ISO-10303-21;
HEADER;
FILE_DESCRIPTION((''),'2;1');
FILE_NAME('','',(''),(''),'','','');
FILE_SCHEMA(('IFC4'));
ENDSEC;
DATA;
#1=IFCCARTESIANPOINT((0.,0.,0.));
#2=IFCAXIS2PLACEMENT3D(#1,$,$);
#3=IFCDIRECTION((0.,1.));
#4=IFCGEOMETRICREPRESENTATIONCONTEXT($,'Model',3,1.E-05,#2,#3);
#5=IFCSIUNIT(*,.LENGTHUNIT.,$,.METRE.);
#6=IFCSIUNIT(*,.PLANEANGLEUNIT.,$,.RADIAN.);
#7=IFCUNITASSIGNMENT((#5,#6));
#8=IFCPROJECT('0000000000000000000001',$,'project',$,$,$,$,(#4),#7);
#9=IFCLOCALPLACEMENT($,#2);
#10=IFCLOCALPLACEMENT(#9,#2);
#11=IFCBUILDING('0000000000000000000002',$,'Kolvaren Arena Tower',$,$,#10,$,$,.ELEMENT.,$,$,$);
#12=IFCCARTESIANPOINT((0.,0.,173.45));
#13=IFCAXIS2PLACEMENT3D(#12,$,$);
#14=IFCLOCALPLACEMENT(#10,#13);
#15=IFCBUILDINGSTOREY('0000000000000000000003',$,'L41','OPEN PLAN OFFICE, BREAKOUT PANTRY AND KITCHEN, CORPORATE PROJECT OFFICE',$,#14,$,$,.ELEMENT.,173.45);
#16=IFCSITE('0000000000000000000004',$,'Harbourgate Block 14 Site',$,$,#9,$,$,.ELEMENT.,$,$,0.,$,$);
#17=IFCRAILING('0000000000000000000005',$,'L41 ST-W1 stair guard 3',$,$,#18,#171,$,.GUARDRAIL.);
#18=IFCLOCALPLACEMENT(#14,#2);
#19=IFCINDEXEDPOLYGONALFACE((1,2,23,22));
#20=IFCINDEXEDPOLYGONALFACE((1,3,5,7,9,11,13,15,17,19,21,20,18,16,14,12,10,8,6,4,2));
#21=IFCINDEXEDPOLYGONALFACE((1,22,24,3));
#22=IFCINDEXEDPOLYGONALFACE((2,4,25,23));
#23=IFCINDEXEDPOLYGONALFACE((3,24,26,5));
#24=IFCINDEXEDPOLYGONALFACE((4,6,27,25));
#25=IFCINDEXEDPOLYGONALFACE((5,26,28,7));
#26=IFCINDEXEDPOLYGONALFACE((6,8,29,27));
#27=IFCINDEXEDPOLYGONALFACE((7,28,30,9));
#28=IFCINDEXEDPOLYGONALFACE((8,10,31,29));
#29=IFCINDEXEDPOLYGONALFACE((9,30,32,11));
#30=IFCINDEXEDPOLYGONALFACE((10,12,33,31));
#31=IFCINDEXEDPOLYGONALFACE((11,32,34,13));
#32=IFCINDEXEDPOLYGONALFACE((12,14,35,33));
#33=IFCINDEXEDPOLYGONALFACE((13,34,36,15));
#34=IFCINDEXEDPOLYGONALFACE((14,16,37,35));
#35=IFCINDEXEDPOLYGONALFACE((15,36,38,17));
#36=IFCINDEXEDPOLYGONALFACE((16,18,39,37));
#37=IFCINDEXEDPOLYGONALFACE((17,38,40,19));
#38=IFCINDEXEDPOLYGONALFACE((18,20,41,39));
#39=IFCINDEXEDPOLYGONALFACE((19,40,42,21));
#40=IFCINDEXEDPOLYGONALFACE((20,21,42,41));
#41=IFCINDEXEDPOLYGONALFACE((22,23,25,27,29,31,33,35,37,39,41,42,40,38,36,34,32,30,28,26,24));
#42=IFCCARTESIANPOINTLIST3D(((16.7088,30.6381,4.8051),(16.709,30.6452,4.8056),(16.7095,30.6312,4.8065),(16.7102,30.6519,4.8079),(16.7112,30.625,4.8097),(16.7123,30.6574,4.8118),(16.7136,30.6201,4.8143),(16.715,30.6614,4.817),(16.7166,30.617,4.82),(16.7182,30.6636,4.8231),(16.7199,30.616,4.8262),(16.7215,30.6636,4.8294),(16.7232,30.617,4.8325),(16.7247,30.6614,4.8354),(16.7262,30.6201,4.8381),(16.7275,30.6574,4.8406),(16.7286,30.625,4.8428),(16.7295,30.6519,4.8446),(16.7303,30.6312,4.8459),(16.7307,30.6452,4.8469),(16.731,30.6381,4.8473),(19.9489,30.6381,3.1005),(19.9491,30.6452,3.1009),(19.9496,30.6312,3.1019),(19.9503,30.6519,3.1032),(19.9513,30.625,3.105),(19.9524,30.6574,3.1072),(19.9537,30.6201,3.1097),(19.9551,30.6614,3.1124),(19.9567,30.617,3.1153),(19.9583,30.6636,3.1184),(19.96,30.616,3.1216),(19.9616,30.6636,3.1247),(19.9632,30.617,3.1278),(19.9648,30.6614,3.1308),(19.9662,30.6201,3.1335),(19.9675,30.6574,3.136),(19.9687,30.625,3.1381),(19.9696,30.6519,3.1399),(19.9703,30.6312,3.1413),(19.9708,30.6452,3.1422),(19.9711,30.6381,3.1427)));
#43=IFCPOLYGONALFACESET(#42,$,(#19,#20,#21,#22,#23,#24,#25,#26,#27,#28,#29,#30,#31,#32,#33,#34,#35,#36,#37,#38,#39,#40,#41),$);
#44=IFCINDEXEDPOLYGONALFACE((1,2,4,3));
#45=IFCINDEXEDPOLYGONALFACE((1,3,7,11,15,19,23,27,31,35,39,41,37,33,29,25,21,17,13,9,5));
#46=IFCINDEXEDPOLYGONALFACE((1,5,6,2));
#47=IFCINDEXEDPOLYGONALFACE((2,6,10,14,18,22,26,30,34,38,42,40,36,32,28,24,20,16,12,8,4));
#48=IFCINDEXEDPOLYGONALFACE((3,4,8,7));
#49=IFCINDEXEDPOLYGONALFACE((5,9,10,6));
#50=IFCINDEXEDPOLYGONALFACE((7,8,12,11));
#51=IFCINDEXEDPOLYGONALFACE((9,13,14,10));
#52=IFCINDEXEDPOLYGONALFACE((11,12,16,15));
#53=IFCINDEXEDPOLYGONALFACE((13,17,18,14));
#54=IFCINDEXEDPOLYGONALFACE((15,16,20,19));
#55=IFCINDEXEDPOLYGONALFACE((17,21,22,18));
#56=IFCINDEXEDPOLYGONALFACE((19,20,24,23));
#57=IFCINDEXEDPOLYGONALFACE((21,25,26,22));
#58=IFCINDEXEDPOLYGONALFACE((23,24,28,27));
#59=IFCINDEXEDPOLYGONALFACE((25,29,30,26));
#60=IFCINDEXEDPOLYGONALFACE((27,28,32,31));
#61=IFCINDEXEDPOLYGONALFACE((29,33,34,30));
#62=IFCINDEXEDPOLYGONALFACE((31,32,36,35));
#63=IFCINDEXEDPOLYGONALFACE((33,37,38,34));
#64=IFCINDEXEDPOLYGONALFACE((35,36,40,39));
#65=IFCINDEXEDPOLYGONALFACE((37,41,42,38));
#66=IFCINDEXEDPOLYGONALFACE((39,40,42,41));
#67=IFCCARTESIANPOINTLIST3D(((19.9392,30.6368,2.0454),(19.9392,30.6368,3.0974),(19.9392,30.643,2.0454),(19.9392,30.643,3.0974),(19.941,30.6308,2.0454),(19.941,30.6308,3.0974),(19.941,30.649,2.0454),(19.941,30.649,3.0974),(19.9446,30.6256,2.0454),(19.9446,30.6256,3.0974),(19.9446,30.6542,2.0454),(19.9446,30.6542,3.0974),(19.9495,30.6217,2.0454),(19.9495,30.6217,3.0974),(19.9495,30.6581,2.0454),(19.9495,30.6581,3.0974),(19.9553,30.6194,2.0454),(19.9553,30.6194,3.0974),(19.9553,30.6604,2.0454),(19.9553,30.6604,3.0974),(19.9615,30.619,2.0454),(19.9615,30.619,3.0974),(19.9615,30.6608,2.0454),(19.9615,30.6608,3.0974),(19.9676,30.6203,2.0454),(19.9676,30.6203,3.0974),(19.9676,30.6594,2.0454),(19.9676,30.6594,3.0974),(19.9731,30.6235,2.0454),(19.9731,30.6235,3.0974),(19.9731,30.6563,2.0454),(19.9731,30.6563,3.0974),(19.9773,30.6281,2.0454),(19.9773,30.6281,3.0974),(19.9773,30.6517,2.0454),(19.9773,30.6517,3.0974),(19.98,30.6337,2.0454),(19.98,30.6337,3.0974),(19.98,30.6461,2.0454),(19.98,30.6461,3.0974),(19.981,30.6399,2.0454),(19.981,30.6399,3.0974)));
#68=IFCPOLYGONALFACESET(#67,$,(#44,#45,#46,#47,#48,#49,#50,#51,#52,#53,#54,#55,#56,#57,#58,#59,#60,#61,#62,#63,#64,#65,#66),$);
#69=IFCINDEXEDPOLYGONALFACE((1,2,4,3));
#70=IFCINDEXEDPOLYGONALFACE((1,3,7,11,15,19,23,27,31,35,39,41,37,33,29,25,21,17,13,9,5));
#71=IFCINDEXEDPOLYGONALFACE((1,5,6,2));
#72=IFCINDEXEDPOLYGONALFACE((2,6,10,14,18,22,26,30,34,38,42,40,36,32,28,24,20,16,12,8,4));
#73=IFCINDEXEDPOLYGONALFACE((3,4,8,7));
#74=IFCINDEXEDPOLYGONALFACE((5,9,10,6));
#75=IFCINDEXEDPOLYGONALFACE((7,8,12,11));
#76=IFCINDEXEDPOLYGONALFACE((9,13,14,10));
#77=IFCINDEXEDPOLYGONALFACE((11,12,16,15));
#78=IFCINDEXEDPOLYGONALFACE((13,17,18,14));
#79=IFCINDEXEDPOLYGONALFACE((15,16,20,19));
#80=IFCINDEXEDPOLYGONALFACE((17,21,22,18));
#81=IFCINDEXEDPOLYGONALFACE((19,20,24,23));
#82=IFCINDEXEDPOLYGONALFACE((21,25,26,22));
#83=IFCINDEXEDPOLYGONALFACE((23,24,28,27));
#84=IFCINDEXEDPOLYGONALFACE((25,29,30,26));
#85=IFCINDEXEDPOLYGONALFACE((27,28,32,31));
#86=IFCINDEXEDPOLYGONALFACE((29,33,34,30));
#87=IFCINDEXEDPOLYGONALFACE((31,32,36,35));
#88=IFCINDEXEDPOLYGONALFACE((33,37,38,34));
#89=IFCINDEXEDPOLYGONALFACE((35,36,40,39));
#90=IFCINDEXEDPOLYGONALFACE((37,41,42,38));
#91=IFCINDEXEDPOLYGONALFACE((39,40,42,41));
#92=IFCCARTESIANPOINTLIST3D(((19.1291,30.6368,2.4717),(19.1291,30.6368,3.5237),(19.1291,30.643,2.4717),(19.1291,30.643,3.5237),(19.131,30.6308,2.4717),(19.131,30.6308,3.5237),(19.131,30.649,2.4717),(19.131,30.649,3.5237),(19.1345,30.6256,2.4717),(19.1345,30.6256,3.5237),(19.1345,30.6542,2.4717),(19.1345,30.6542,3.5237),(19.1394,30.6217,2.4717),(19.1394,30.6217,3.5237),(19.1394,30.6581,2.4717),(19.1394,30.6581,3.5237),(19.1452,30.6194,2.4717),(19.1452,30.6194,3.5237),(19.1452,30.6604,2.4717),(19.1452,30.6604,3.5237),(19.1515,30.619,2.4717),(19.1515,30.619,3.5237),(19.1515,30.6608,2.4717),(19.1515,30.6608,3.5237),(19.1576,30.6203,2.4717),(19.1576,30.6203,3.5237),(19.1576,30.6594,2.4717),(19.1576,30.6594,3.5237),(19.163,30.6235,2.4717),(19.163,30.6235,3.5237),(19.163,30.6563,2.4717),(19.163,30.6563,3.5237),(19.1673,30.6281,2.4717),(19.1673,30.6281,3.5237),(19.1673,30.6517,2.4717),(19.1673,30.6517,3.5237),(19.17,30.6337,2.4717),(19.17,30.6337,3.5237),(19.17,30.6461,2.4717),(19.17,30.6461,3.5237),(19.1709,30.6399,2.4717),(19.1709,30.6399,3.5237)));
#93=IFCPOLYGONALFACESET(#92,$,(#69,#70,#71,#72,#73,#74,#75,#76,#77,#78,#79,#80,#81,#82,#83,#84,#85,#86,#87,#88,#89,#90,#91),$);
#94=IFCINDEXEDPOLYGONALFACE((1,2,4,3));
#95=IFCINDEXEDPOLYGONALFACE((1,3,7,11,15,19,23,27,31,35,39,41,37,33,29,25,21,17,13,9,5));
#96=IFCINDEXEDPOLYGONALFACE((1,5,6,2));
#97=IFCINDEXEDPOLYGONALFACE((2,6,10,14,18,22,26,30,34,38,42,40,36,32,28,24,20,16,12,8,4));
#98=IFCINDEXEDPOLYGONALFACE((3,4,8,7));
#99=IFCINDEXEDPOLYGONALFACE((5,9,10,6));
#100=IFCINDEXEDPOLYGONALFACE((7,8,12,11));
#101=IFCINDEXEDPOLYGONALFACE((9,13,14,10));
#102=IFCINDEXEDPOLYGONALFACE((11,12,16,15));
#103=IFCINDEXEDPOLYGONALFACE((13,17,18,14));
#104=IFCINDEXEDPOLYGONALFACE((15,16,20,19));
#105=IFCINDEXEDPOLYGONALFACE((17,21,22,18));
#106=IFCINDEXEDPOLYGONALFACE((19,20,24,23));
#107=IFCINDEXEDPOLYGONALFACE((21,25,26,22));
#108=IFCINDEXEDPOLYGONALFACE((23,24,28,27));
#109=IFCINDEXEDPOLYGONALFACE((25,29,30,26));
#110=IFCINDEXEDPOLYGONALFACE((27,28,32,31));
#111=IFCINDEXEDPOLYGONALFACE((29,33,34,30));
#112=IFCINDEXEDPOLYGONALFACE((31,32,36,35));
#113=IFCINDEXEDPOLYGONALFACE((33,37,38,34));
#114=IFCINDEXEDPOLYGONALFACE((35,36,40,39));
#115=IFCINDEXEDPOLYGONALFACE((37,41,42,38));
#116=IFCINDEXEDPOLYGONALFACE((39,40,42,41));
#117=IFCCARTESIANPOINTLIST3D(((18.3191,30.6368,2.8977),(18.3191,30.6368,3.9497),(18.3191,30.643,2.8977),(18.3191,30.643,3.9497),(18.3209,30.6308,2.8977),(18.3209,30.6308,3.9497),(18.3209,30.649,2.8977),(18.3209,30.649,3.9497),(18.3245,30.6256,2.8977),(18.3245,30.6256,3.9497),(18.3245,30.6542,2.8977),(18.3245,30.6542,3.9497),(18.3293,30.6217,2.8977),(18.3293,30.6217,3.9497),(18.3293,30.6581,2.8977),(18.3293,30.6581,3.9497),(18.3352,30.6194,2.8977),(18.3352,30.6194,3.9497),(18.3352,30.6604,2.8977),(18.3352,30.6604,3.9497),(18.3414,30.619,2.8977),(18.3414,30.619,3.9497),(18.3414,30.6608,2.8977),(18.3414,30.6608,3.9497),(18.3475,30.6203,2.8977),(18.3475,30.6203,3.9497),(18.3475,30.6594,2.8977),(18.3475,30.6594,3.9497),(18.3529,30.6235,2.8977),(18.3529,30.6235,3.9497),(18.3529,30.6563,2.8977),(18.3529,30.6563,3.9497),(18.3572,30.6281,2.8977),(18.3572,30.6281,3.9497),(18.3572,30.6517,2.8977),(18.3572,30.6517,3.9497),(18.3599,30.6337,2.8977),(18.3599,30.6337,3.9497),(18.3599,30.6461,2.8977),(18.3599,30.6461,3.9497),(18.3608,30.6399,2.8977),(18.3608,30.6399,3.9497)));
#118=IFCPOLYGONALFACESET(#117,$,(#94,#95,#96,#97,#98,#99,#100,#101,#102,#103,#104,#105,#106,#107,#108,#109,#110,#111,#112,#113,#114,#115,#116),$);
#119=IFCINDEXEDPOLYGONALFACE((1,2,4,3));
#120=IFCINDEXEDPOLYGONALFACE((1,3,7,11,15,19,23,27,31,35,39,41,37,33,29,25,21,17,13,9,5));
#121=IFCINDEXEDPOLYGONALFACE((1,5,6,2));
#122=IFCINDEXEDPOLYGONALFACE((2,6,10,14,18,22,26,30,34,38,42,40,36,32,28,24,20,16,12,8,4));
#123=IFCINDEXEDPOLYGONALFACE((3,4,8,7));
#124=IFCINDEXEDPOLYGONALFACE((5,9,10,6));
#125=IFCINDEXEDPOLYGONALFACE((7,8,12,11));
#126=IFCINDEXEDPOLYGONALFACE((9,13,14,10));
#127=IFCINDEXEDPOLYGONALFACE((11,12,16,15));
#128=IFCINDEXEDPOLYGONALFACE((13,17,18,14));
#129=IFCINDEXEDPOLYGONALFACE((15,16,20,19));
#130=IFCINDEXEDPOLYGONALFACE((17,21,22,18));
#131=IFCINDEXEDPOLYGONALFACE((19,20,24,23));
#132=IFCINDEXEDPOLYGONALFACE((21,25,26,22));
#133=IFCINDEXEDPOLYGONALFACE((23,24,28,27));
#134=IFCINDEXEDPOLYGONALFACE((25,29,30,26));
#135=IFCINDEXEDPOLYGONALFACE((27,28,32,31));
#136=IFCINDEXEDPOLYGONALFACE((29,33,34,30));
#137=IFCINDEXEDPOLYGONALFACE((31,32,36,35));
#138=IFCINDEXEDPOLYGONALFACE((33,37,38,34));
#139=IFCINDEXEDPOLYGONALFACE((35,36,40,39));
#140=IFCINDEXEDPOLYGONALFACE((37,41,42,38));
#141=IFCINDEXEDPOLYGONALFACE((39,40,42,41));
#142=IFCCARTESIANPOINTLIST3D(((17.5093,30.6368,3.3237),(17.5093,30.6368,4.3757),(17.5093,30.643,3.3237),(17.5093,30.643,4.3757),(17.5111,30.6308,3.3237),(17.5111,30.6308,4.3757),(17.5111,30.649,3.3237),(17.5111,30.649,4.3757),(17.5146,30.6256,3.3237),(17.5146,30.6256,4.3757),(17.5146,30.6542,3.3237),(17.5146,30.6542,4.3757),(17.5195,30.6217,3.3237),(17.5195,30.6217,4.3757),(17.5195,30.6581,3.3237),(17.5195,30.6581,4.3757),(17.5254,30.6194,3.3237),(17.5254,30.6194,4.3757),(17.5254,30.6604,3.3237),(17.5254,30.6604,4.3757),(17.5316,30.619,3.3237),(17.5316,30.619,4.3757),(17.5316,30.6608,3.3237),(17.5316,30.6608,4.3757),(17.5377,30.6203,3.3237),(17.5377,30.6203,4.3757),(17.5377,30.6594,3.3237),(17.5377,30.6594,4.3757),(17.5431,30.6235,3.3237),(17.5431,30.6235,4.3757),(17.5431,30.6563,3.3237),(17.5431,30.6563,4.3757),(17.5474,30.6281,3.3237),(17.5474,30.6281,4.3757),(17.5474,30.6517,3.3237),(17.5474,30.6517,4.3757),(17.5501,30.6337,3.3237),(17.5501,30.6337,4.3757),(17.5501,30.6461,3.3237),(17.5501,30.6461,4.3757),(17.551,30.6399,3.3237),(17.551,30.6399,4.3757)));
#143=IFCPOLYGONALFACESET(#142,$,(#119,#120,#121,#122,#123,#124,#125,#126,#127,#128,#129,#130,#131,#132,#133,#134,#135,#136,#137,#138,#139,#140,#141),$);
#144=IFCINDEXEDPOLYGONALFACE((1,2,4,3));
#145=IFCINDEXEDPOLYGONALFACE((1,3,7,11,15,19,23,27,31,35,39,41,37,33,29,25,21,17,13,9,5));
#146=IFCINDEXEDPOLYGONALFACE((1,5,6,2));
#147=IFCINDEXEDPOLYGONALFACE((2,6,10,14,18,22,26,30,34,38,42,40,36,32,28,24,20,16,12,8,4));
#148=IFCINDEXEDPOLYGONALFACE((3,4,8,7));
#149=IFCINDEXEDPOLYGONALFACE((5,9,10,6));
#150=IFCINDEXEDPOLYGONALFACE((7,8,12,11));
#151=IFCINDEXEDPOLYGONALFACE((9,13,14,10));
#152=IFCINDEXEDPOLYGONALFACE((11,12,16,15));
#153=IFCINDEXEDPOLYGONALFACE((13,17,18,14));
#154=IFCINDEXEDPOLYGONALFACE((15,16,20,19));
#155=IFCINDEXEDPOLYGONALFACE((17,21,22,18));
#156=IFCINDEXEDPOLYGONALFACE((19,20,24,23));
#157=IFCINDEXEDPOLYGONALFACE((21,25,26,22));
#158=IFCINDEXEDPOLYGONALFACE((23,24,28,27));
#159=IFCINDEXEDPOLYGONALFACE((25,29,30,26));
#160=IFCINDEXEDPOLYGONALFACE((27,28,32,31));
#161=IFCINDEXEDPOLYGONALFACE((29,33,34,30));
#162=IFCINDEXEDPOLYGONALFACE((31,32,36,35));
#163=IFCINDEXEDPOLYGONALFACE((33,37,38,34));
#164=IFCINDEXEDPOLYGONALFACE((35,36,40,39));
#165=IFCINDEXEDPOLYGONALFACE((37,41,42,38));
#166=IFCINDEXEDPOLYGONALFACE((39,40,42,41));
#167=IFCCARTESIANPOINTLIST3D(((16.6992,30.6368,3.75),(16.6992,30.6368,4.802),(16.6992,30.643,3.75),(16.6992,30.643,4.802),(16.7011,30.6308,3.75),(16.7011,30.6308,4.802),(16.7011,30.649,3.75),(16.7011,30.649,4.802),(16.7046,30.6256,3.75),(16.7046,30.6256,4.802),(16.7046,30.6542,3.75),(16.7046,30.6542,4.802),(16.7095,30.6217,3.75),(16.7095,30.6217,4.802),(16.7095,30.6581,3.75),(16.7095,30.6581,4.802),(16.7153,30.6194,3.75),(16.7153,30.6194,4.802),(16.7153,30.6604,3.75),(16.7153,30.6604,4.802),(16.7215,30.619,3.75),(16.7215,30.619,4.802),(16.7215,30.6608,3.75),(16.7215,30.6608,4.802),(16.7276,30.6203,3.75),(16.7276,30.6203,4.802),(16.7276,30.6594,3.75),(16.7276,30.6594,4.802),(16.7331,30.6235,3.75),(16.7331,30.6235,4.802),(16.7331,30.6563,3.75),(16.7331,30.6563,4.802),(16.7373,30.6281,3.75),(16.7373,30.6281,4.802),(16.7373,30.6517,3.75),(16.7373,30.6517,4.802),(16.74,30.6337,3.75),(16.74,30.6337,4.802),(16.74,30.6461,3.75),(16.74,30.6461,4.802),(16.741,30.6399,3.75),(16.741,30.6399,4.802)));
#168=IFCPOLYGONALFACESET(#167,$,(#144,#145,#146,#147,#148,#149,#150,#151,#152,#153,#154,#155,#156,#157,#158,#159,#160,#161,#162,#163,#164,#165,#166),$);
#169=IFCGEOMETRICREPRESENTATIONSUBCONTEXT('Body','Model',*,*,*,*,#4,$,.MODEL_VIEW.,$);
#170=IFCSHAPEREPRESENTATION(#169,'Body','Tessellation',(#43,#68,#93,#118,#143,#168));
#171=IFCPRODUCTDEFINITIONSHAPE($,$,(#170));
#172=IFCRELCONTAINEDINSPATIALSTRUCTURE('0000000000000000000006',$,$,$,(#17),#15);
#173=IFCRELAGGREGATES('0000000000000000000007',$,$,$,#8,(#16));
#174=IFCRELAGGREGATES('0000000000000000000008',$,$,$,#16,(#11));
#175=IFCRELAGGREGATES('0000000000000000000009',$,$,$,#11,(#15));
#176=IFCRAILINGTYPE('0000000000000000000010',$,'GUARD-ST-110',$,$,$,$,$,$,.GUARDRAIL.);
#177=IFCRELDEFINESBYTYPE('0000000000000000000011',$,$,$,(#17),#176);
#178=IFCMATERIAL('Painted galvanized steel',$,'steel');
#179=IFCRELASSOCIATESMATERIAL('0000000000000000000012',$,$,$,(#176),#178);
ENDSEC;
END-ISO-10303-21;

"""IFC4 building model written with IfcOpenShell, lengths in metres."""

from ifc_helpers import new_model, si_unit, direction, frame, origin, origin_2d, place, context, subcontext, project, spatial, circle, extrude, material, type_object, element, save


model = new_model("IFC4")

# Units and contexts
model_context = context("Model", 3, precision=1e-05, world=origin(), true_north=direction((0.0, 1.0)))
body_context = subcontext(model_context, "Body", "Model", "MODEL_VIEW")
ifc_project = project(units=[si_unit("LENGTHUNIT", "METRE"), si_unit("PLANEANGLEUNIT", "RADIAN")], contexts=[model_context])

# Site, building, storey
site_placement = place(None, origin())
site = spatial("IfcSite", under=ifc_project, at=site_placement, Name="Harbourgate Block 14 Site", CompositionType="ELEMENT", RefElevation=0.0)
building_placement = place(site_placement, origin())
building = spatial("IfcBuilding", under=site, at=building_placement, Name="Kolvaren Arena Tower", CompositionType="ELEMENT")
storey_placement = place(building_placement, frame((0.0, 0.0, 173.45)))
storey = spatial("IfcBuildingStorey", under=building, at=storey_placement, Name="L41", Description="OPEN PLAN OFFICE, BREAKOUT PANTRY AND KITCHEN, CORPORATE PROJECT OFFICE", CompositionType="ELEMENT", Elevation=173.45)

# Railing
ifc_material_1 = material(Name="Painted galvanized steel", Category="steel")
railing_type_1 = type_object("IfcRailingType", Name="GUARD-ST-110", PredefinedType="GUARDRAIL", material=ifc_material_1)
railing_1_placement = place(storey_placement, frame((19.96, 30.6399, 2.0454)))
element("IfcRailing", 1, at=railing_1_placement, inside=storey, type_object=railing_type_1, Name="L41 ST-W1 stair guard 3", PredefinedType="GUARDRAIL", context=body_context, shape_type="SweptSolid", body=[
    extrude(circle(Radius=0.0239, at=origin_2d()), frame((0.0, 0.0, 1.0762), z_axis=(-0.884993, 0.0, 0.465604), x_axis=(0.0, -1.0, 0.0)), (0.0, 0.0, 1.0), 3.6611),
    extrude(circle(Radius=0.021, at=origin_2d()), origin(), (0.0, 0.0, 1.0), 1.052),
    extrude(circle(Radius=0.021, at=origin_2d()), frame((-0.8101, 0.0, 0.4263)), (0.0, 0.0, 1.0), 1.052),
    extrude(circle(Radius=0.021, at=origin_2d()), frame((-1.6201, 0.0, 0.8523)), (0.0, 0.0, 1.0), 1.052),
    extrude(circle(Radius=0.021, at=origin_2d()), frame((-2.4299, 0.0, 1.2783)), (0.0, 0.0, 1.0), 1.052),
    extrude(circle(Radius=0.021, at=origin_2d()), frame((-3.24, 0.0, 1.7046)), (0.0, 0.0, 1.0), 1.052),
])

save(model, "model.ifc")
